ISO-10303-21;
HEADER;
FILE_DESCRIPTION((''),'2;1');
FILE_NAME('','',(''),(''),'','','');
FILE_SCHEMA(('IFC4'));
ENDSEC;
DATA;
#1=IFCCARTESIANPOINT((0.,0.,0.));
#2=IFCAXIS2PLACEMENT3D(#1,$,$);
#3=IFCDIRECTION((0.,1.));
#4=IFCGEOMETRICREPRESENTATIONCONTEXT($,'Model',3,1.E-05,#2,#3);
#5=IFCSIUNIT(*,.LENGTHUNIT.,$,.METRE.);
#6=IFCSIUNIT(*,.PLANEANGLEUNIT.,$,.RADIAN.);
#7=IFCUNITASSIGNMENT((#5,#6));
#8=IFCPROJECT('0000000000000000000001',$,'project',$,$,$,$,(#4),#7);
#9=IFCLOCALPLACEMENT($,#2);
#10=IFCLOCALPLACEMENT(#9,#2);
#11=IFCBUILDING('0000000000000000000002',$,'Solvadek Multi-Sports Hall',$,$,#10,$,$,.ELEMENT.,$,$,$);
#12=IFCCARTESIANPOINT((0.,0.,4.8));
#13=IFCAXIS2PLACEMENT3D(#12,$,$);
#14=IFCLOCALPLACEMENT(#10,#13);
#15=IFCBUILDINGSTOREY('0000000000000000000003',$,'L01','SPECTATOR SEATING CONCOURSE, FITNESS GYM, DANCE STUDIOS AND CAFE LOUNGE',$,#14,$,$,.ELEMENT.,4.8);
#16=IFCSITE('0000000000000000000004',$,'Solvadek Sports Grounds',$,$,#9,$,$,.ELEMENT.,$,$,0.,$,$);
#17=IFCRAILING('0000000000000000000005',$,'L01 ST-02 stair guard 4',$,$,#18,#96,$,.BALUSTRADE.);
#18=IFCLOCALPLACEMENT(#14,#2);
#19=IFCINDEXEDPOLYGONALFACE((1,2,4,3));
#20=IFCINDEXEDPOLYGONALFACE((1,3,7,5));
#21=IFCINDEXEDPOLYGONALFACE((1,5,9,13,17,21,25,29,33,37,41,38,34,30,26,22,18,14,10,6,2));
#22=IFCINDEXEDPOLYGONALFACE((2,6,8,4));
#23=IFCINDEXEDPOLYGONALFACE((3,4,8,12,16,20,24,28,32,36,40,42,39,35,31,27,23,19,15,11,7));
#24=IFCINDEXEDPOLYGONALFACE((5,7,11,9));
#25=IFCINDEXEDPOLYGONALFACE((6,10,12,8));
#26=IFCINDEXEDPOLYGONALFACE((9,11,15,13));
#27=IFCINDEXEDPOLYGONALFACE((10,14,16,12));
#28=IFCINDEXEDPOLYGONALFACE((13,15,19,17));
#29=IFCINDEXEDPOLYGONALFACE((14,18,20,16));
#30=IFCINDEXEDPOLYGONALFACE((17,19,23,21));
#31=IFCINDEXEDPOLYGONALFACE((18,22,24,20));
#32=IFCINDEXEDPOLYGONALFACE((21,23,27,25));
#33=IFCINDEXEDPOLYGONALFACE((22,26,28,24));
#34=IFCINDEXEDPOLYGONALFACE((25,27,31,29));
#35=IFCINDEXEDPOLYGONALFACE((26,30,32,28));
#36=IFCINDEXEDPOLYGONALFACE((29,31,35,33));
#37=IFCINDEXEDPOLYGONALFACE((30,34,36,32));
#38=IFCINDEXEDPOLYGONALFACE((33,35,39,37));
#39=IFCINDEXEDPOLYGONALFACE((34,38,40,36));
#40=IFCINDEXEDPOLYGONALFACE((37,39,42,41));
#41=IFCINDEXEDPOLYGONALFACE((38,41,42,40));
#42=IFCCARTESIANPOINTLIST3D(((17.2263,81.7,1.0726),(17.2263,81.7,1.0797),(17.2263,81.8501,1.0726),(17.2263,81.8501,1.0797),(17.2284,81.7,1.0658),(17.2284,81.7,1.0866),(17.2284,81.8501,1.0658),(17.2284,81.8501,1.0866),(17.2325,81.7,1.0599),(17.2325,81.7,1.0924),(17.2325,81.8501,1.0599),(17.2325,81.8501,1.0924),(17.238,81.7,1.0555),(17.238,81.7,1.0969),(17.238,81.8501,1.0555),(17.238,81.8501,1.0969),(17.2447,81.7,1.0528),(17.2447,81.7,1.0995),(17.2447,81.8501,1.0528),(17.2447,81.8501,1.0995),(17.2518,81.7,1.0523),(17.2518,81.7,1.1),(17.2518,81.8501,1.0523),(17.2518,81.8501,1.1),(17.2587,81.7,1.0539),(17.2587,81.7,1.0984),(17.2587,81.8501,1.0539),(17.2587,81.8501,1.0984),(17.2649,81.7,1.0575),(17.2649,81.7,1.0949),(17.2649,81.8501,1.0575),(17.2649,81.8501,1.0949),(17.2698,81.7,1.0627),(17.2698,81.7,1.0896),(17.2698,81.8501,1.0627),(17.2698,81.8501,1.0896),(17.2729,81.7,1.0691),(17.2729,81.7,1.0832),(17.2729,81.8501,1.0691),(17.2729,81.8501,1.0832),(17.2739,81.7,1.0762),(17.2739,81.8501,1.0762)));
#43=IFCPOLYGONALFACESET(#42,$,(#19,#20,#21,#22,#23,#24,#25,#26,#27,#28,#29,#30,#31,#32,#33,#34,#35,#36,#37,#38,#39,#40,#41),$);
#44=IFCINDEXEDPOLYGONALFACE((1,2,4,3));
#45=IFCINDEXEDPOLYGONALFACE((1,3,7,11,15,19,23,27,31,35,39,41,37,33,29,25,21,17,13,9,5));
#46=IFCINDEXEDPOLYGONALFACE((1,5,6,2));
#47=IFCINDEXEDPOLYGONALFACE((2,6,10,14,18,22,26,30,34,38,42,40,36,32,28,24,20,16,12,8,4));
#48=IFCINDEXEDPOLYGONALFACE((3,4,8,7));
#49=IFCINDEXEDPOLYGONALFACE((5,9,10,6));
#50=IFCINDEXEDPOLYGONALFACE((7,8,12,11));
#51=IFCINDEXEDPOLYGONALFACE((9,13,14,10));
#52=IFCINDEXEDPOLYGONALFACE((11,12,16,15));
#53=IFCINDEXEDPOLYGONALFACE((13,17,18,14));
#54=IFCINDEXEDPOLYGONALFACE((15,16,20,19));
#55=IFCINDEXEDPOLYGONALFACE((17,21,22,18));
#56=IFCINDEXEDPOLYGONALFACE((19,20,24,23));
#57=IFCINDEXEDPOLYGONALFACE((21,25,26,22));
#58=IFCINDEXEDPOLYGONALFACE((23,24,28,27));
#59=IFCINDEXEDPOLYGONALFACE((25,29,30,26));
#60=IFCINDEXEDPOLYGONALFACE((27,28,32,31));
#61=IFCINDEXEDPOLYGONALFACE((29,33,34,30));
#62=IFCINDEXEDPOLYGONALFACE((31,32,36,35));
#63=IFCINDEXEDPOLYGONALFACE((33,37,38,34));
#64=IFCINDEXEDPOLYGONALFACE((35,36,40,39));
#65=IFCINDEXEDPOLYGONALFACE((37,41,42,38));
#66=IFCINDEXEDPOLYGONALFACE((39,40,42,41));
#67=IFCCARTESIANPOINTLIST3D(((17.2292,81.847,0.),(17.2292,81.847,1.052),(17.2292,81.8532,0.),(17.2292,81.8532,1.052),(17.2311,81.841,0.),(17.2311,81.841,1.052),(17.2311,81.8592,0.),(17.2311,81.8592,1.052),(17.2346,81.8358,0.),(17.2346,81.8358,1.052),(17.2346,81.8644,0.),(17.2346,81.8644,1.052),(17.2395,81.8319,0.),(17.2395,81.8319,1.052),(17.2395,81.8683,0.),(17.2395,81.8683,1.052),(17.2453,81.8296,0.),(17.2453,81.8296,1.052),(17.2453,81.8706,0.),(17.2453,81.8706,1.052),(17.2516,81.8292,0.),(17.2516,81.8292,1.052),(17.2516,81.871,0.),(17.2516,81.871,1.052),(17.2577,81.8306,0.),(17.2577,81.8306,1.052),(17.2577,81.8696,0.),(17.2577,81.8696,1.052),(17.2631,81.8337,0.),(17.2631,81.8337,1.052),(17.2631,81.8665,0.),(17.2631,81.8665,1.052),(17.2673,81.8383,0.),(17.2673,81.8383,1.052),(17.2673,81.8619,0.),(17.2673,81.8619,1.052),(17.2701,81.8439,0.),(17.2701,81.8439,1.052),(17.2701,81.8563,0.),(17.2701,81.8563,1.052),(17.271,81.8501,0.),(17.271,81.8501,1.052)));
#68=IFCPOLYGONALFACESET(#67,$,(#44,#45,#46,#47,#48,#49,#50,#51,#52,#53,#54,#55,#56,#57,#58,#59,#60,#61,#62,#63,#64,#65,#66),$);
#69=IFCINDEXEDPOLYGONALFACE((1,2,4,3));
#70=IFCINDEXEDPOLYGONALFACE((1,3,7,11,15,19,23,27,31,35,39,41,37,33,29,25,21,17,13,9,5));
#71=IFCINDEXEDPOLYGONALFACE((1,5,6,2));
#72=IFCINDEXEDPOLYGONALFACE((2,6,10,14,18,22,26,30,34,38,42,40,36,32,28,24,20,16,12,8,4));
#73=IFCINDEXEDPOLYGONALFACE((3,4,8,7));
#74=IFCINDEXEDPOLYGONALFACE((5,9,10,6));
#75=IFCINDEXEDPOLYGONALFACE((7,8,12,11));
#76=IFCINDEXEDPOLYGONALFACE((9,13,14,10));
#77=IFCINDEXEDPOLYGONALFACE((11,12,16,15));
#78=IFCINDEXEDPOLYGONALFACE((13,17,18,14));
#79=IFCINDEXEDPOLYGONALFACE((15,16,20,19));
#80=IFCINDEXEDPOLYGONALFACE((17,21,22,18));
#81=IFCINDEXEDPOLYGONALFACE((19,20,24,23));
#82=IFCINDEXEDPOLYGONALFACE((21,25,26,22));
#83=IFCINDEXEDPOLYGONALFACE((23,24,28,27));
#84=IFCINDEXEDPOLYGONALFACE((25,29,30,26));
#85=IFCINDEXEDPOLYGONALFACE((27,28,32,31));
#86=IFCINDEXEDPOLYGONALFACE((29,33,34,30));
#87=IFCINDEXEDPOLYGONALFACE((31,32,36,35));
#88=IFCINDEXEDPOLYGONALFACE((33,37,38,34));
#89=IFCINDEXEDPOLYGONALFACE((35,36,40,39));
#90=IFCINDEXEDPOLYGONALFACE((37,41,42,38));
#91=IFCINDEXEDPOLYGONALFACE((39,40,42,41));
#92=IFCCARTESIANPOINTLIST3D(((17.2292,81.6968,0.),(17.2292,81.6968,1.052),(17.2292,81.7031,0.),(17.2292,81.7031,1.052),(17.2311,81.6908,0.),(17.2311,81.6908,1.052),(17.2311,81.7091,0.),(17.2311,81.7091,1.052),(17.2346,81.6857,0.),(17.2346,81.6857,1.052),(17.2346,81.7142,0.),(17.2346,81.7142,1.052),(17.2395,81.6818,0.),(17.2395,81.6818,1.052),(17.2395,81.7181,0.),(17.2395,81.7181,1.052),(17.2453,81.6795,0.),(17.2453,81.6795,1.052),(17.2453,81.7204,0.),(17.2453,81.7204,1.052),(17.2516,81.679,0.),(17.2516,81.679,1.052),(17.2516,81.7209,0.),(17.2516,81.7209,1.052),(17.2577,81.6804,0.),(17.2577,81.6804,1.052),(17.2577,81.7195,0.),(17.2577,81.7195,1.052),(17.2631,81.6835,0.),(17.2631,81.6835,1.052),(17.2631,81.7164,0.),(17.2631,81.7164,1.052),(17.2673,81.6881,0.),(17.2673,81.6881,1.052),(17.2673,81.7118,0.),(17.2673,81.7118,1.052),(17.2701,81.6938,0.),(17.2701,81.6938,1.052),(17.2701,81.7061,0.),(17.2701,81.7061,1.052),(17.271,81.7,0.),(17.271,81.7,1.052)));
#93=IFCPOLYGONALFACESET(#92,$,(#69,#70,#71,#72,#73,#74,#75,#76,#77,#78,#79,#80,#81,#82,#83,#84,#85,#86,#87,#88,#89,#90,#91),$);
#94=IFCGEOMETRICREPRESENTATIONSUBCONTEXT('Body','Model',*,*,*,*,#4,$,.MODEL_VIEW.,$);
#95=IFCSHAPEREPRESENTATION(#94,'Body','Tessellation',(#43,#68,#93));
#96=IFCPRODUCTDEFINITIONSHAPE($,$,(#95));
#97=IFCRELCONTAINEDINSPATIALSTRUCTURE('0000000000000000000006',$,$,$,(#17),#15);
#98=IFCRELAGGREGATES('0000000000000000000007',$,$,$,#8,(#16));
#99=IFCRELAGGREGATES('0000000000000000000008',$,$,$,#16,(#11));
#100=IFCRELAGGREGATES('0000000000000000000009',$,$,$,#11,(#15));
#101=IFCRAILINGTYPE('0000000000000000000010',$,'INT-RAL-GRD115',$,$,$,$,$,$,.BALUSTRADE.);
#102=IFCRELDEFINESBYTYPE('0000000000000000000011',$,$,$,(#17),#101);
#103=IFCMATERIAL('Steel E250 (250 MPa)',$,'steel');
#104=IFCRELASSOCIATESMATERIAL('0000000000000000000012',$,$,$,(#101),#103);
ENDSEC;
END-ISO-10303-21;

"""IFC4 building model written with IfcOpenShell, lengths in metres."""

from ifc_helpers import new_model, si_unit, direction, frame, origin, origin_2d, place, context, subcontext, project, spatial, circle, extrude, material, type_object, element, save


model = new_model("IFC4")

# Units and contexts
model_context = context("Model", 3, precision=1e-05, world=origin(), true_north=direction((0.0, 1.0)))
body_context = subcontext(model_context, "Body", "Model", "MODEL_VIEW")
ifc_project = project(units=[si_unit("LENGTHUNIT", "METRE"), si_unit("PLANEANGLEUNIT", "RADIAN")], contexts=[model_context])

# Site, building, storey
site_placement = place(None, origin())
site = spatial("IfcSite", under=ifc_project, at=site_placement, Name="Solvadek Sports Grounds", CompositionType="ELEMENT", RefElevation=0.0)
building_placement = place(site_placement, origin())
building = spatial("IfcBuilding", under=site, at=building_placement, Name="Solvadek Multi-Sports Hall", CompositionType="ELEMENT")
storey_placement = place(building_placement, frame((0.0, 0.0, 4.8)))
storey = spatial("IfcBuildingStorey", under=building, at=storey_placement, Name="L01", Description="SPECTATOR SEATING CONCOURSE, FITNESS GYM, DANCE STUDIOS AND CAFE LOUNGE", CompositionType="ELEMENT", Elevation=4.8)

# Shared definitions
ifc_material_1 = material(Name="Steel E250 (250 MPa)", Category="steel")

# Railing
railing_type_1 = type_object("IfcRailingType", Name="INT-RAL-GRD115", PredefinedType="BALUSTRADE", material=ifc_material_1)
railing_1_placement = place(storey_placement, frame((17.25, 81.8501, 0.0)))
element("IfcRailing", 1, at=railing_1_placement, inside=storey, type_object=railing_type_1, Name="L01 ST-02 stair guard 4", PredefinedType="BALUSTRADE", context=body_context, shape_type="SweptSolid", body=[
    extrude(circle(Radius=0.0239, at=origin_2d()), frame((0.0, 0.0, 1.0762), z_axis=(0.0, -1.0, 0.0), x_axis=(1.0, 0.0, 0.0)), (0.0, 0.0, 1.0), 0.1501),
    extrude(circle(Radius=0.021, at=origin_2d()), origin(), (0.0, 0.0, 1.0), 1.052),
    extrude(circle(Radius=0.021, at=origin_2d()), frame((0.0, -0.1501, 0.0)), (0.0, 0.0, 1.0), 1.052),
])

save(model, "model.ifc")
